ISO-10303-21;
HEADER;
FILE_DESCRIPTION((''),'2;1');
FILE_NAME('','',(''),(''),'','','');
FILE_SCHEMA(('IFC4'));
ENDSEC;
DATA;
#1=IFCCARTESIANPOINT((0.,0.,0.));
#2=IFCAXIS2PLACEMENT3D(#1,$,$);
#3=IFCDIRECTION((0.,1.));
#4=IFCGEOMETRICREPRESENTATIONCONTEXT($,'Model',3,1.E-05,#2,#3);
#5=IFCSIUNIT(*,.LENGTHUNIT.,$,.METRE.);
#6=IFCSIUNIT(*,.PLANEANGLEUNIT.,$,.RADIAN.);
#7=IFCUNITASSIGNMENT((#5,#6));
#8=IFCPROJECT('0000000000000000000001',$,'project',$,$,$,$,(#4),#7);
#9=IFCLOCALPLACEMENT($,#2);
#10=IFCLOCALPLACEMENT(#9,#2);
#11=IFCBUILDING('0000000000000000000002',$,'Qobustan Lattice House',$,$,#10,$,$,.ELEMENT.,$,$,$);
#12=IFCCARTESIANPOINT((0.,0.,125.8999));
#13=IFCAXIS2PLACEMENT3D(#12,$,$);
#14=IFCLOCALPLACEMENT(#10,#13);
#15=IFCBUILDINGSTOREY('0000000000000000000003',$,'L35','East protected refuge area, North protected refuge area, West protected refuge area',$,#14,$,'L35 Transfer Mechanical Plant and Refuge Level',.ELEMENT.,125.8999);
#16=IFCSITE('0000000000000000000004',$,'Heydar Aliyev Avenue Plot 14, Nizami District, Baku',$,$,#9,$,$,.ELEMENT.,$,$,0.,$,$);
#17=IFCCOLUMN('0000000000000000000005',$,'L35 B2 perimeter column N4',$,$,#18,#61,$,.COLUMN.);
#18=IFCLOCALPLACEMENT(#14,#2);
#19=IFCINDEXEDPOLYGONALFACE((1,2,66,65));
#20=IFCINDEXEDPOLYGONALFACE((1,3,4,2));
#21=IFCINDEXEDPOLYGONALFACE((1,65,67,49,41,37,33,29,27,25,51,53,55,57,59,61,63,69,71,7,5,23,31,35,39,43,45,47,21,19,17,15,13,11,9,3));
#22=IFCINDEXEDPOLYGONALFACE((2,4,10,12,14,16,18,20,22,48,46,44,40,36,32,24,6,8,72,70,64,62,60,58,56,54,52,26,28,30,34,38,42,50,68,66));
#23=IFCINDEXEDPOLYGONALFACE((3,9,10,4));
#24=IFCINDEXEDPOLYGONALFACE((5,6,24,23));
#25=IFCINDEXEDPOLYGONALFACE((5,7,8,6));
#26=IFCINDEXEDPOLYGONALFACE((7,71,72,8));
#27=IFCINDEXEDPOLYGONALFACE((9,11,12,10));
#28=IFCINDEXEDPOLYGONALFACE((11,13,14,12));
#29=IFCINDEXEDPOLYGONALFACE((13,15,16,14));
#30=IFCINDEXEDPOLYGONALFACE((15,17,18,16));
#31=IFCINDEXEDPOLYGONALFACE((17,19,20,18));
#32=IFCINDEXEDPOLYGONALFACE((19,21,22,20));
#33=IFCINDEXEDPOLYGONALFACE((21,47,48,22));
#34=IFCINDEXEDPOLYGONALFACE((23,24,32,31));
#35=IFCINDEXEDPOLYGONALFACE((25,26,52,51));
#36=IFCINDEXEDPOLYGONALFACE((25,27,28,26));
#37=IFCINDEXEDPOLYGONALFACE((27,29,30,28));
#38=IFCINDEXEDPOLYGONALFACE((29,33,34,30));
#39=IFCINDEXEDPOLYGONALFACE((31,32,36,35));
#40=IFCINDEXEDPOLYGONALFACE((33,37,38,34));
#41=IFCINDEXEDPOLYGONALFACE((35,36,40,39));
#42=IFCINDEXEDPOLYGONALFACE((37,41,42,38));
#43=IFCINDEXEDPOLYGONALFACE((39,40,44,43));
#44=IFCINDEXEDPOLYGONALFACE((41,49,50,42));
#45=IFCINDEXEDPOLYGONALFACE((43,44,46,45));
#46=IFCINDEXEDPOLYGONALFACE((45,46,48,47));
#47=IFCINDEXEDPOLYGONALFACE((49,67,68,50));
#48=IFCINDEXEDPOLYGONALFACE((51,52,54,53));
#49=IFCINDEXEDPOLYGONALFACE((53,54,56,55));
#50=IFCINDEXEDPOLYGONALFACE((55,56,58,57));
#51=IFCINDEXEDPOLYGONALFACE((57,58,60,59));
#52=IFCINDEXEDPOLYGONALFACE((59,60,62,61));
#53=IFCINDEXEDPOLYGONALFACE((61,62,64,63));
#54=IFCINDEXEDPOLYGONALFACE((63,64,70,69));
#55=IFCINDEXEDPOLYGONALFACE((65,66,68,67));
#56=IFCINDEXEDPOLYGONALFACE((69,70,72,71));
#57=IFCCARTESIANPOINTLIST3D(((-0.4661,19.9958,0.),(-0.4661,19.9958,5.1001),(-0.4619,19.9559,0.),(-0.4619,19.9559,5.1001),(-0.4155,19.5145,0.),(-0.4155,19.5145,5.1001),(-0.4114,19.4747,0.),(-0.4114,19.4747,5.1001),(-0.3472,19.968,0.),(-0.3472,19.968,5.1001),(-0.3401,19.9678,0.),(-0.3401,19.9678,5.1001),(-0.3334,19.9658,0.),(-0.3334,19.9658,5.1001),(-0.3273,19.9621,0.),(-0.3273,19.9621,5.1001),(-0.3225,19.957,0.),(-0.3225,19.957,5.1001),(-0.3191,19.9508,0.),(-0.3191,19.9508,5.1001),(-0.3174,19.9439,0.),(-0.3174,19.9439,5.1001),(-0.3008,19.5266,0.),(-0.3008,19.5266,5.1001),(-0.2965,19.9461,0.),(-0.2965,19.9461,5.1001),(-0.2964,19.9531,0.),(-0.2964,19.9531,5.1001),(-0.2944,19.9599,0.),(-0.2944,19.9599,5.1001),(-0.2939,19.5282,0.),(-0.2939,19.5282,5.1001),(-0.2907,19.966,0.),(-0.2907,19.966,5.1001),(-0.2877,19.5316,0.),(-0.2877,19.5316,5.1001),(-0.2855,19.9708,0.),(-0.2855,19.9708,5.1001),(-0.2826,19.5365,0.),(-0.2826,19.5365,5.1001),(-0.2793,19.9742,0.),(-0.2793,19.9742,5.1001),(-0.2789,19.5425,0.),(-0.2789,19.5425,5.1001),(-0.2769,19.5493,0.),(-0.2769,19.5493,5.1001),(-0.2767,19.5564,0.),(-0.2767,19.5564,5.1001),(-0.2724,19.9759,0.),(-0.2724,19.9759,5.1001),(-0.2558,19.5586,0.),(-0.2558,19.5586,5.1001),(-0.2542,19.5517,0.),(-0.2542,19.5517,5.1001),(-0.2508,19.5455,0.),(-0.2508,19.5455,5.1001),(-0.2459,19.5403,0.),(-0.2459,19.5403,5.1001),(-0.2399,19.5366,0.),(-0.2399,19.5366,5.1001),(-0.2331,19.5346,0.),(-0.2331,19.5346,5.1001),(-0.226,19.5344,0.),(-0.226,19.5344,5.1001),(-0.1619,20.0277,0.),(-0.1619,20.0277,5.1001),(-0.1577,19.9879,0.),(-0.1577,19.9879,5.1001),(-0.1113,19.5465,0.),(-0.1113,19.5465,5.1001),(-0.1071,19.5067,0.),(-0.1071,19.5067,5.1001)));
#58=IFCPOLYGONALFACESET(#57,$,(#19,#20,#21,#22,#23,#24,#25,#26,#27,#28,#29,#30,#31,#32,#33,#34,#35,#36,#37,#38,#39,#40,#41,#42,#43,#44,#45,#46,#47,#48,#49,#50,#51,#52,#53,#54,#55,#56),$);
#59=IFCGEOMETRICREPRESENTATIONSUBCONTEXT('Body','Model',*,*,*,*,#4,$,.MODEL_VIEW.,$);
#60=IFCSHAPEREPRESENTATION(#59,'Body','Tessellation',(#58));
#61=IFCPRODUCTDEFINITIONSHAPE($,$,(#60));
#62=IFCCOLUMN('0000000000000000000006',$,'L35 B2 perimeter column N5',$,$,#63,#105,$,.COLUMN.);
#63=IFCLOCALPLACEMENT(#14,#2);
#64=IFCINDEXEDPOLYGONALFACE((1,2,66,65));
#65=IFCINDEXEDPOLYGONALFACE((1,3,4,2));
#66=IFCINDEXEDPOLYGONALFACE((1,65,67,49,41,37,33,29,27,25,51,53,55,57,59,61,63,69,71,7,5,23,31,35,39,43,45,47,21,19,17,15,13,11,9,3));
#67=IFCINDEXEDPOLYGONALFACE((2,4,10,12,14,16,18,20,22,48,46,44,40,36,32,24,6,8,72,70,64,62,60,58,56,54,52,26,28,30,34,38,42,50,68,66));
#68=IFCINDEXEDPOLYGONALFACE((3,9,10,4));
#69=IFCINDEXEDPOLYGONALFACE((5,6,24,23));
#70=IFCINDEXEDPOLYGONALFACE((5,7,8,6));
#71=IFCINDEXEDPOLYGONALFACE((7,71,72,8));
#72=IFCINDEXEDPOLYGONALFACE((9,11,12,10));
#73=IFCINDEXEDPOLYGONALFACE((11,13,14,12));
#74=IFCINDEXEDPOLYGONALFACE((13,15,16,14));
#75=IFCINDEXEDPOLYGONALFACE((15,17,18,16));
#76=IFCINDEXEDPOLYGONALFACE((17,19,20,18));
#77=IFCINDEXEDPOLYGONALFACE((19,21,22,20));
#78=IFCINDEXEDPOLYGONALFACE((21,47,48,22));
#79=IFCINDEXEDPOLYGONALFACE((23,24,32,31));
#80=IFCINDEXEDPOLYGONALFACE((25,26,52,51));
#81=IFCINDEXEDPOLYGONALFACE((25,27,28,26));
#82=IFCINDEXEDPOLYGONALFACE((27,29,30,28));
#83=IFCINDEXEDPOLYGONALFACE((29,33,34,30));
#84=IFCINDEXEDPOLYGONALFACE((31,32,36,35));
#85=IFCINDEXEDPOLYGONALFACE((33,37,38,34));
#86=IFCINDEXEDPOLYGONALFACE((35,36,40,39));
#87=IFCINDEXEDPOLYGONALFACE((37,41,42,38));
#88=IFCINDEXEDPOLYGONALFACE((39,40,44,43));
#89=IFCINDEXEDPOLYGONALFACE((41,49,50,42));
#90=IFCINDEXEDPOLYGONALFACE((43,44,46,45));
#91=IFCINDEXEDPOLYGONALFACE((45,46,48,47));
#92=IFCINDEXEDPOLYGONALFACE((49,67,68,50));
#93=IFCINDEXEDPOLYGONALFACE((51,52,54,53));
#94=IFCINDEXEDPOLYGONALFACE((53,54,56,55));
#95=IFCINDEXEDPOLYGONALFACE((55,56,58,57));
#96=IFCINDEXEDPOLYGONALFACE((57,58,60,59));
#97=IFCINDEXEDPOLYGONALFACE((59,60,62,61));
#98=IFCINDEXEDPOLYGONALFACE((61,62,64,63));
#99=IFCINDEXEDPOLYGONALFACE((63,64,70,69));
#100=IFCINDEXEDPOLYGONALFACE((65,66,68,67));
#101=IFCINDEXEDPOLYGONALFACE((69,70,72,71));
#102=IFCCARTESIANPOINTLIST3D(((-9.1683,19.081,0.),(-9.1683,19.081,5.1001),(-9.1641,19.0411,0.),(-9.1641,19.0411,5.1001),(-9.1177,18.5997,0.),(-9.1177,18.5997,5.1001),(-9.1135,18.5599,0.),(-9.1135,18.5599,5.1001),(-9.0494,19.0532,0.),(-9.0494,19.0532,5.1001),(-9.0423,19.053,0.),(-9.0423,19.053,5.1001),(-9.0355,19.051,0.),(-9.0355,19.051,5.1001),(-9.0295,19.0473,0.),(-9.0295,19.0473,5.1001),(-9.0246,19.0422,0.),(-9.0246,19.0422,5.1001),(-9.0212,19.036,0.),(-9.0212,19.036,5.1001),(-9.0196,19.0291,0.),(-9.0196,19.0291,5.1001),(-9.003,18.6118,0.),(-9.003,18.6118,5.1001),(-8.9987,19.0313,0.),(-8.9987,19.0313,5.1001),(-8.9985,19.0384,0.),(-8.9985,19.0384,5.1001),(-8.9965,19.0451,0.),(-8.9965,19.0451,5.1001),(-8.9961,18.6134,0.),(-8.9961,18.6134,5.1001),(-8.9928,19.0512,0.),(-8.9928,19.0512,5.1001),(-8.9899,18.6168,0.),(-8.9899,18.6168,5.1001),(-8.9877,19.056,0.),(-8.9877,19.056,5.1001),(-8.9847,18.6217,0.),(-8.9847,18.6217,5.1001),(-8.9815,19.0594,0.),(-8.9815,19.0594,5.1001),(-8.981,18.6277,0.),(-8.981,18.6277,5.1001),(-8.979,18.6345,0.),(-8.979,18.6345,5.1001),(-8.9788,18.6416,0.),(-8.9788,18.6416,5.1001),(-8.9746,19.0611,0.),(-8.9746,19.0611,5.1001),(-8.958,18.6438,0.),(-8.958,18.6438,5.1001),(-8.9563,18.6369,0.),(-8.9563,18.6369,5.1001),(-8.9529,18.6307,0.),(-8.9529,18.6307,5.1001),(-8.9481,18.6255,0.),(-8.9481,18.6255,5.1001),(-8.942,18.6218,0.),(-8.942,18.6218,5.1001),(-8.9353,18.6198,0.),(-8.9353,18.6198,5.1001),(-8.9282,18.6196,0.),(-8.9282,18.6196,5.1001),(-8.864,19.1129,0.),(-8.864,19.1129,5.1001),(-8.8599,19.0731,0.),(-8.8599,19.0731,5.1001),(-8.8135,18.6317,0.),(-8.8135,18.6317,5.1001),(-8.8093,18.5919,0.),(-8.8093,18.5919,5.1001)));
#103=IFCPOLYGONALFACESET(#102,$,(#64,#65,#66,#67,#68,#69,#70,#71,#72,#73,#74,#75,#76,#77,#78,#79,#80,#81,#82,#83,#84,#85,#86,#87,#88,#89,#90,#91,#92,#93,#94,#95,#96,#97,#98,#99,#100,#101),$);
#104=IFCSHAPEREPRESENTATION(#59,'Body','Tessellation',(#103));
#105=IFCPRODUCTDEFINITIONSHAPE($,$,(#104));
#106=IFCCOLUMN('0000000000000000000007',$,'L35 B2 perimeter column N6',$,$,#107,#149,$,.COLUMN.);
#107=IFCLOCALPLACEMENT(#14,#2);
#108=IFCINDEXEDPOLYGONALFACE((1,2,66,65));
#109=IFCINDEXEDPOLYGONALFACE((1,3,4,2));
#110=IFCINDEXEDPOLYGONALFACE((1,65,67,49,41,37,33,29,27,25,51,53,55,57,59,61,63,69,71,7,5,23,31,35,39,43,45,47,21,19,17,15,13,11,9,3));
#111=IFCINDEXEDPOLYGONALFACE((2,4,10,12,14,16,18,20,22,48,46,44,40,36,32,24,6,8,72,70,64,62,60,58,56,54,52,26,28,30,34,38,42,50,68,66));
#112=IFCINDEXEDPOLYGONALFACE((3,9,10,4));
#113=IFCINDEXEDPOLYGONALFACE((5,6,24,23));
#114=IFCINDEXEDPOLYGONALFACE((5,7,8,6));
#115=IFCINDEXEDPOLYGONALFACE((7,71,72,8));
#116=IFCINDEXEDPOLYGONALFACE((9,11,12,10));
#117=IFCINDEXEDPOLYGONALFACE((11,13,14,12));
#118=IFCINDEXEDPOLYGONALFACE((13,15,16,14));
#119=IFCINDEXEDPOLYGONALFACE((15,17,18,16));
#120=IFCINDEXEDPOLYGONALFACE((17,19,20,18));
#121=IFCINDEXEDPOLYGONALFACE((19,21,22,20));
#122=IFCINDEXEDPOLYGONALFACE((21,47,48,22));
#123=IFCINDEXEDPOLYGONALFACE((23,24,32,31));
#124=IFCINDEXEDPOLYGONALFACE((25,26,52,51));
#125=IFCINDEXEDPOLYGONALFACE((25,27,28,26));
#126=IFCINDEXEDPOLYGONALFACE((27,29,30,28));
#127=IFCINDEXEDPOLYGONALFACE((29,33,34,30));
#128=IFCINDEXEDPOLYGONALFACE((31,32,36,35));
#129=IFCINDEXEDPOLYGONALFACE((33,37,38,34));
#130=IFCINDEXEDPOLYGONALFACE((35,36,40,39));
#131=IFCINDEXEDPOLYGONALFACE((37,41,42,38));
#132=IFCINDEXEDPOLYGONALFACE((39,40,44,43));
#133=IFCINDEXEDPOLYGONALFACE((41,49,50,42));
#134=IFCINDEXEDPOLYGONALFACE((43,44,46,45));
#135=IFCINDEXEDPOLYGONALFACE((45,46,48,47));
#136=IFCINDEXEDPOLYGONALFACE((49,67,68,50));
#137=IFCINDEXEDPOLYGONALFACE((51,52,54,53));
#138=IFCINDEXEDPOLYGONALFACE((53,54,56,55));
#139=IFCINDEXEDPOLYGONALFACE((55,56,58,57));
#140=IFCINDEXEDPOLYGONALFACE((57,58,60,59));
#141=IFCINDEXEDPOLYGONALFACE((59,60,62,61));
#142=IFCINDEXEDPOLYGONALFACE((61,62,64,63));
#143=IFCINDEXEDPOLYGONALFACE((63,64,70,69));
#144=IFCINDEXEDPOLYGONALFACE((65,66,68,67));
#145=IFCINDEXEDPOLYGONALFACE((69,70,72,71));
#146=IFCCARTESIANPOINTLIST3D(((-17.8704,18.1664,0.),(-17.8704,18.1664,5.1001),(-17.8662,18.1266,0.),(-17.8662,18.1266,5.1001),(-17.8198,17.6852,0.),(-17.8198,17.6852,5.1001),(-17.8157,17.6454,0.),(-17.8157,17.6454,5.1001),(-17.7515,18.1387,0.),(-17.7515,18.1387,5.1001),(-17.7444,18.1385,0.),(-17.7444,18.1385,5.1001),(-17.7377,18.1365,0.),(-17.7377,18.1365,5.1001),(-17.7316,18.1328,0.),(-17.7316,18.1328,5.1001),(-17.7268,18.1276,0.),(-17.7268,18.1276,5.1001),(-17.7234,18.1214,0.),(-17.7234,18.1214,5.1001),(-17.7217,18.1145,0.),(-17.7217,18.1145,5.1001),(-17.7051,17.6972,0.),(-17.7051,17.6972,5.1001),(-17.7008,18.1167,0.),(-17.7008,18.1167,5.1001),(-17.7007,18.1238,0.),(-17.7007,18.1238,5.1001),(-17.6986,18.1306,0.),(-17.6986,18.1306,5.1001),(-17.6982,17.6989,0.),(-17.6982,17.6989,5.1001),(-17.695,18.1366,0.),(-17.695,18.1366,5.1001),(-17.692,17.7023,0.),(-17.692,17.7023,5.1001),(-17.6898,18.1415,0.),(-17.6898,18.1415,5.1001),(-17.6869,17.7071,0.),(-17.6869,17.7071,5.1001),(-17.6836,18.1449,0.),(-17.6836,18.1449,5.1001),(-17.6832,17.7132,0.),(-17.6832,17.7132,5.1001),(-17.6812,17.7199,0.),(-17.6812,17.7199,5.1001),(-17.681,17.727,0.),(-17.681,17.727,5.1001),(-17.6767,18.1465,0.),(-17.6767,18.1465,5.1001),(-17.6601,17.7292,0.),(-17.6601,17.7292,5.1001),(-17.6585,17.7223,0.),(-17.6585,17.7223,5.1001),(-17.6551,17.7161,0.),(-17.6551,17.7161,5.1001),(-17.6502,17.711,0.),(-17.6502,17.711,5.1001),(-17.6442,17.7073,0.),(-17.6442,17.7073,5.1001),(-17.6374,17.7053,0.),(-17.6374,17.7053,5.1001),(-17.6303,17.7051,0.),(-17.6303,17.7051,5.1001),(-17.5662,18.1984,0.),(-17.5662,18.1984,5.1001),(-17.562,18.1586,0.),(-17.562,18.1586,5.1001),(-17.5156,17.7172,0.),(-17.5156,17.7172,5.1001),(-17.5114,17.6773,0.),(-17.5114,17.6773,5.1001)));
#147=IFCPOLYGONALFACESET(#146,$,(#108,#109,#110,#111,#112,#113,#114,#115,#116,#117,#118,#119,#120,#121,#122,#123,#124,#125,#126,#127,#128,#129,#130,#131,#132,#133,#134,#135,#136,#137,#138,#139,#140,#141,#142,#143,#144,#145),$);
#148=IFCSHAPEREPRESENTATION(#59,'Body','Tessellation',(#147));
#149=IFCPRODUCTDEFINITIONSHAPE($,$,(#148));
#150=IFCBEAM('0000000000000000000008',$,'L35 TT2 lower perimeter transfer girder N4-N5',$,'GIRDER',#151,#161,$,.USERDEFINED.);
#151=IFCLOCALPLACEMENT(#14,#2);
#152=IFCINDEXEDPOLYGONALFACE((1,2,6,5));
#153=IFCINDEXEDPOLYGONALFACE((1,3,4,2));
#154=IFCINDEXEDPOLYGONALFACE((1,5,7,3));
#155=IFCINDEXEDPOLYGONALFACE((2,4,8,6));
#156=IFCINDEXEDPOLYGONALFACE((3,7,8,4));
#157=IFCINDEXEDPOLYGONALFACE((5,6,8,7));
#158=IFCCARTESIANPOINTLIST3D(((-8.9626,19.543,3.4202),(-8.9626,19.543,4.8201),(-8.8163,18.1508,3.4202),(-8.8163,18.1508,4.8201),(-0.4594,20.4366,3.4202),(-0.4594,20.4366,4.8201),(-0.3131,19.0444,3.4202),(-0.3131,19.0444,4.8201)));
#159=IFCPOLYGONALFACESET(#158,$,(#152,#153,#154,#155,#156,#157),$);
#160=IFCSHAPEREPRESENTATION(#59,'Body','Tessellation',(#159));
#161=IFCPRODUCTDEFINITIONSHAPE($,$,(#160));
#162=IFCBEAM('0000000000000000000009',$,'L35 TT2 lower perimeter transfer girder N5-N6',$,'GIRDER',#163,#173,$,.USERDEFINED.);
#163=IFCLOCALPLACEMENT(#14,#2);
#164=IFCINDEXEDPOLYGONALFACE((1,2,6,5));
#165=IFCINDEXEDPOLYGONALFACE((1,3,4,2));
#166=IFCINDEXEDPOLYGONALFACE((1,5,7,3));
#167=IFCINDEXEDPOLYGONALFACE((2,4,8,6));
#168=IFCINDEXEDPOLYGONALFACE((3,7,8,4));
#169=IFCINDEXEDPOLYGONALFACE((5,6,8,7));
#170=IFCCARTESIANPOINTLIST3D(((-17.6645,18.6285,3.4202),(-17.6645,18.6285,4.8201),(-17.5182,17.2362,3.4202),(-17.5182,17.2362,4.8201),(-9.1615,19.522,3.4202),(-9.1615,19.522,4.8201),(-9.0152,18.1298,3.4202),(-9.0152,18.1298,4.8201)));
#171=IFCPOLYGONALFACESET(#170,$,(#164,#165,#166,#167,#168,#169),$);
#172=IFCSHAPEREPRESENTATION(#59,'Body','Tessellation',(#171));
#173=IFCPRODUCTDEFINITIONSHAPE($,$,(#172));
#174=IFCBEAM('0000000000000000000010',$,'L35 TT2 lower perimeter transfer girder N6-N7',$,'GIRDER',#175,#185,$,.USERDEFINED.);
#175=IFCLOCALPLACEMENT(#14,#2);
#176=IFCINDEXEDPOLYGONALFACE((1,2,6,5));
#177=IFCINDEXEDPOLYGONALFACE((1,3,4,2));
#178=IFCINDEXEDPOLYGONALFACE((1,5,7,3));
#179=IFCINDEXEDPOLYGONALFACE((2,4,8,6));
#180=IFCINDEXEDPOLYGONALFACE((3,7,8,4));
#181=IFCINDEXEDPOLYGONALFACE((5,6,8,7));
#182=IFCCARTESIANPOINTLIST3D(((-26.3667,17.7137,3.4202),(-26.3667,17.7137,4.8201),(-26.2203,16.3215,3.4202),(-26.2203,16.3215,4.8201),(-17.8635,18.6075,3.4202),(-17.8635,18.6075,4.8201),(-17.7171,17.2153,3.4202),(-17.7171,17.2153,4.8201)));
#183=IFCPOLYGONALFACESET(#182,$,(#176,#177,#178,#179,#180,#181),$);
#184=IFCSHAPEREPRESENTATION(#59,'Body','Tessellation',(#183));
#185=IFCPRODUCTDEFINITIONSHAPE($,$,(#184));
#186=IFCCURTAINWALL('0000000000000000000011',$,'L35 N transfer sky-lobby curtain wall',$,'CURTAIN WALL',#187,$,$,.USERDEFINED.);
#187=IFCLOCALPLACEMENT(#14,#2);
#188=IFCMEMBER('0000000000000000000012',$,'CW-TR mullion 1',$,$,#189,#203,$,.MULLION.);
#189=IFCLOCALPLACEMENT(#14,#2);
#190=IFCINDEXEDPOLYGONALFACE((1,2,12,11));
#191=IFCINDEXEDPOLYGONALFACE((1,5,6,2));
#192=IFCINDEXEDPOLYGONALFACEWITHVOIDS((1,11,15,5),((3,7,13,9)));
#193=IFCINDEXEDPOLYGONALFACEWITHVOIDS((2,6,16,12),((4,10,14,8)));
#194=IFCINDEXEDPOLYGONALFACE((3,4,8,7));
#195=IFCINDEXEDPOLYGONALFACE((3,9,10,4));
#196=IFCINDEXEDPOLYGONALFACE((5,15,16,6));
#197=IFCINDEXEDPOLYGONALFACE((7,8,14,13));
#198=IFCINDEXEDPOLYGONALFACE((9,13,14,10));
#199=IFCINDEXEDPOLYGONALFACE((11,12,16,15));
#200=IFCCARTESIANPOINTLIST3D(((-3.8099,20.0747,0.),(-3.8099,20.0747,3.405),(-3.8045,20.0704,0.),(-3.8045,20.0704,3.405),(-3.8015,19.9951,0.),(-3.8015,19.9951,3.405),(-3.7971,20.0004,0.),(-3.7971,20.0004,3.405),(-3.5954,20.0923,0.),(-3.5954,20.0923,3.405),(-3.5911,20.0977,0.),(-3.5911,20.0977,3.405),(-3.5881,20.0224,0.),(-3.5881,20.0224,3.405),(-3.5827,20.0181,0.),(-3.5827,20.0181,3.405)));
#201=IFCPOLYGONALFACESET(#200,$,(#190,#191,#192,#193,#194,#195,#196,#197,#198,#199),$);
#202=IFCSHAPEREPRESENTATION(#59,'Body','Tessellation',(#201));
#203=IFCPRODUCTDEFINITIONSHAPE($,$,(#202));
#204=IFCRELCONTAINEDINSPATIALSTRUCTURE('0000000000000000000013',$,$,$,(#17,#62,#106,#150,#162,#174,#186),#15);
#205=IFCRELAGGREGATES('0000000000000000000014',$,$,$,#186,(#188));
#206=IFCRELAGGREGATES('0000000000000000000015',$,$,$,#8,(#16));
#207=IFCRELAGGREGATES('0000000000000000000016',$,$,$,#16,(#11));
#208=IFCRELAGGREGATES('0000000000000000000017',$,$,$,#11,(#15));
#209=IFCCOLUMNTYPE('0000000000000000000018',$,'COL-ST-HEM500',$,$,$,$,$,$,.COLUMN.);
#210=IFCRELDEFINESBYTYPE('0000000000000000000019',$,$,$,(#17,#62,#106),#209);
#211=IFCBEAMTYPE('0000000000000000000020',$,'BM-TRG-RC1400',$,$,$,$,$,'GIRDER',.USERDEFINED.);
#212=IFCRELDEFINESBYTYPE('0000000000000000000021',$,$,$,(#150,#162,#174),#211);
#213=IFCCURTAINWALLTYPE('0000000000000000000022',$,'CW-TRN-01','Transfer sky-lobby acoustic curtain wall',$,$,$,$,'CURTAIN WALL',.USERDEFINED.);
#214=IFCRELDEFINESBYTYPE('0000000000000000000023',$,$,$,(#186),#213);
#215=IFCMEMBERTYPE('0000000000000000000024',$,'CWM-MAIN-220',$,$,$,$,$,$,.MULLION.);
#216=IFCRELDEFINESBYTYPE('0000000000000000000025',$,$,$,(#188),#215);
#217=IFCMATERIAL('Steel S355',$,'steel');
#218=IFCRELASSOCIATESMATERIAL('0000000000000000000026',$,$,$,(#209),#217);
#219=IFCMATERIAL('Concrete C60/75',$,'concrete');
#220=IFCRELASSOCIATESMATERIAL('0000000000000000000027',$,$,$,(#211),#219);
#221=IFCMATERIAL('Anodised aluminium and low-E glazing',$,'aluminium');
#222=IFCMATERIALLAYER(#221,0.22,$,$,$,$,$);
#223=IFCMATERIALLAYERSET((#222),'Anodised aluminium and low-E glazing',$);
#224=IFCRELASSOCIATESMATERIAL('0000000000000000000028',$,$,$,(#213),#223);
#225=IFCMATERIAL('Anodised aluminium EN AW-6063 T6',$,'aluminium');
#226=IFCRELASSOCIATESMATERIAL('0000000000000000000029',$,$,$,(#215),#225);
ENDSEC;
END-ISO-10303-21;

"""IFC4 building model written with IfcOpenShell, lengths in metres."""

from ifc_helpers import new_model, si_unit, direction, frame, origin, origin_2d, place, context, subcontext, project, spatial, rectangle, hollow_rectangle, i_section, extrude, material, layer, layer_set, material_profile, profile_set, type_object, element, aggregate, save


model = new_model("IFC4")

# Units and contexts
model_context = context("Model", 3, precision=1e-05, world=origin(), true_north=direction((0.0, 1.0)))
body_context = subcontext(model_context, "Body", "Model", "MODEL_VIEW")
ifc_project = project(units=[si_unit("LENGTHUNIT", "METRE"), si_unit("PLANEANGLEUNIT", "RADIAN")], contexts=[model_context])

# Site, building, storey
site_placement = place(None, origin())
site = spatial("IfcSite", under=ifc_project, at=site_placement, Name="Heydar Aliyev Avenue Plot 14, Nizami District, Baku", CompositionType="ELEMENT", RefElevation=0.0)
building_placement = place(site_placement, origin())
building = spatial("IfcBuilding", under=site, at=building_placement, Name="Qobustan Lattice House", CompositionType="ELEMENT")
storey_placement = place(building_placement, frame((0.0, 0.0, 125.8999)))
storey = spatial("IfcBuildingStorey", under=building, at=storey_placement, Name="L35", Description="East protected refuge area, North protected refuge area, West protected refuge area", LongName="L35 Transfer Mechanical Plant and Refuge Level", CompositionType="ELEMENT", Elevation=125.8999)

# Columns
ifc_material_1 = material(Name="Steel S355", Category="steel")
ifc_material_profile_1 = material_profile(ifc_material_1, i_section(OverallWidth=0.3059, OverallDepth=0.5239, WebThickness=0.021, FlangeThickness=0.04, FilletRadius=0.0271, at=origin_2d()), Name="HEM500")
ifc_profile_set_1 = profile_set([ifc_material_profile_1], Name="Steel S355")
column_type = type_object("IfcColumnType", Name="COL-ST-HEM500", PredefinedType="COLUMN", material=ifc_profile_set_1)
for number, where, z_axis, x_axis, name in (
    (1, (-0.2866, 19.7512, 0.0), (0.0, 0.0, 1.0), (0.994522, 0.104528, 0.0), "L35 B2 perimeter column N4"),
    (2, (-8.9888, 18.8364, 0.0), (0.0, 0.0, 1.0), (0.994522, 0.104528, 0.0), "L35 B2 perimeter column N5"),
    (3, (-17.6909, 17.9219, 0.0), (0.0, 0.0, 1.0), (0.994522, 0.104528, 0.0), "L35 B2 perimeter column N6"),
):
    element("IfcColumn", number, at=place(storey_placement, frame(where, z_axis=z_axis, x_axis=x_axis)), inside=storey, type_object=column_type, Name=name, PredefinedType="COLUMN", context=body_context, shape_type="SweptSolid", body=[
        extrude(i_section(OverallWidth=0.3059, OverallDepth=0.5239, WebThickness=0.021, FlangeThickness=0.04, FilletRadius=0.0271, at=origin_2d()), origin(), (0.0, 0.0, 1.0), 5.1001),
    ])

# Beams
ifc_material_2 = material(Name="Concrete C60/75", Category="concrete")
ifc_material_profile_2 = material_profile(ifc_material_2, rectangle(XDim=1.3999, YDim=1.3999, at=origin_2d()), Name="RC1400x1400")
ifc_profile_set_2 = profile_set([ifc_material_profile_2], Name="Concrete C60/75")
beam_type = type_object("IfcBeamType", Name="BM-TRG-RC1400", ElementType="GIRDER", PredefinedType="USERDEFINED", material=ifc_profile_set_2)
beam_1_placement = place(storey_placement, frame((-0.3862, 19.7405, 4.1201), z_axis=(-0.994524, -0.104509, 0.0), x_axis=(0.104509, -0.994524, 0.0)))
element("IfcBeam", 4, at=beam_1_placement, inside=storey, type_object=beam_type, Name="L35 TT2 lower perimeter transfer girder N4-N5", ObjectType="GIRDER", PredefinedType="USERDEFINED", context=body_context, shape_type="SweptSolid", body=[
    extrude(rectangle(XDim=1.3999, YDim=1.3999, at=origin_2d()), origin(), (0.0, 0.0, 1.0), 8.55),
])
beam_2_placement = place(storey_placement, frame((-9.0884, 18.8259, 4.1201), z_axis=(-0.994524, -0.104512, 0.0), x_axis=(0.104512, -0.994524, 0.0)))
element("IfcBeam", 5, at=beam_2_placement, inside=storey, type_object=beam_type, Name="L35 TT2 lower perimeter transfer girder N5-N6", ObjectType="GIRDER", PredefinedType="USERDEFINED", context=body_context, shape_type="SweptSolid", body=[
    extrude(rectangle(XDim=1.3999, YDim=1.3999, at=origin_2d()), origin(), (0.0, 0.0, 1.0), 8.5498),
])
beam_3_placement = place(storey_placement, frame((-17.7903, 17.9114, 4.1201), z_axis=(-0.994521, -0.104538, 0.0), x_axis=(0.104538, -0.994521, 0.0)))
element("IfcBeam", 6, at=beam_3_placement, inside=storey, type_object=beam_type, Name="L35 TT2 lower perimeter transfer girder N6-N7", ObjectType="GIRDER", PredefinedType="USERDEFINED", context=body_context, shape_type="SweptSolid", body=[
    extrude(rectangle(XDim=1.3999, YDim=1.3999, at=origin_2d()), origin(), (0.0, 0.0, 1.0), 8.55),
])

# Curtain wall, member
ifc_material_3 = material(Name="Anodised aluminium and low-E glazing", Category="aluminium")
ifc_layer_1 = layer(ifc_material_3, 0.22)
ifc_layer_set_1 = layer_set([ifc_layer_1], Name="Anodised aluminium and low-E glazing")
curtain_wall_type = type_object("IfcCurtainWallType", Name="CW-TRN-01", Description="Transfer sky-lobby acoustic curtain wall", ElementType="CURTAIN WALL", PredefinedType="USERDEFINED", material=ifc_layer_set_1)
curtain_wall_placement = place(storey_placement, origin())
curtain_wall = element("IfcCurtainWall", 7, at=curtain_wall_placement, inside=storey, type_object=curtain_wall_type, Name="L35 N transfer sky-lobby curtain wall", ObjectType="CURTAIN WALL", PredefinedType="USERDEFINED")
ifc_material_4 = material(Name="Anodised aluminium EN AW-6063 T6", Category="aluminium")
ifc_material_profile_3 = material_profile(ifc_material_4, hollow_rectangle(XDim=0.0801, YDim=0.22, WallThickness=0.0049, at=origin_2d()), Name="CWM-220x80")
ifc_profile_set_3 = profile_set([ifc_material_profile_3], Name="Anodised aluminium EN AW-6063 T6")
member_type_1 = type_object("IfcMemberType", Name="CWM-MAIN-220", PredefinedType="MULLION", material=ifc_profile_set_3)
member_1_placement = place(storey_placement, frame((-3.6963, 20.0464, 0.0), z_axis=(0.0, 0.0, 1.0), x_axis=(-0.104545, 0.99452, 0.0)))
member_1 = element("IfcMember", 8, at=member_1_placement, type_object=member_type_1, Name="CW-TR mullion 1", PredefinedType="MULLION", context=body_context, shape_type="SweptSolid", body=[
    extrude(hollow_rectangle(XDim=0.0801, YDim=0.22, WallThickness=0.0049, at=origin_2d()), origin(), (0.0, 0.0, 1.0), 3.405),
])

aggregate(curtain_wall, [member_1])

save(model, "model.ifc")
